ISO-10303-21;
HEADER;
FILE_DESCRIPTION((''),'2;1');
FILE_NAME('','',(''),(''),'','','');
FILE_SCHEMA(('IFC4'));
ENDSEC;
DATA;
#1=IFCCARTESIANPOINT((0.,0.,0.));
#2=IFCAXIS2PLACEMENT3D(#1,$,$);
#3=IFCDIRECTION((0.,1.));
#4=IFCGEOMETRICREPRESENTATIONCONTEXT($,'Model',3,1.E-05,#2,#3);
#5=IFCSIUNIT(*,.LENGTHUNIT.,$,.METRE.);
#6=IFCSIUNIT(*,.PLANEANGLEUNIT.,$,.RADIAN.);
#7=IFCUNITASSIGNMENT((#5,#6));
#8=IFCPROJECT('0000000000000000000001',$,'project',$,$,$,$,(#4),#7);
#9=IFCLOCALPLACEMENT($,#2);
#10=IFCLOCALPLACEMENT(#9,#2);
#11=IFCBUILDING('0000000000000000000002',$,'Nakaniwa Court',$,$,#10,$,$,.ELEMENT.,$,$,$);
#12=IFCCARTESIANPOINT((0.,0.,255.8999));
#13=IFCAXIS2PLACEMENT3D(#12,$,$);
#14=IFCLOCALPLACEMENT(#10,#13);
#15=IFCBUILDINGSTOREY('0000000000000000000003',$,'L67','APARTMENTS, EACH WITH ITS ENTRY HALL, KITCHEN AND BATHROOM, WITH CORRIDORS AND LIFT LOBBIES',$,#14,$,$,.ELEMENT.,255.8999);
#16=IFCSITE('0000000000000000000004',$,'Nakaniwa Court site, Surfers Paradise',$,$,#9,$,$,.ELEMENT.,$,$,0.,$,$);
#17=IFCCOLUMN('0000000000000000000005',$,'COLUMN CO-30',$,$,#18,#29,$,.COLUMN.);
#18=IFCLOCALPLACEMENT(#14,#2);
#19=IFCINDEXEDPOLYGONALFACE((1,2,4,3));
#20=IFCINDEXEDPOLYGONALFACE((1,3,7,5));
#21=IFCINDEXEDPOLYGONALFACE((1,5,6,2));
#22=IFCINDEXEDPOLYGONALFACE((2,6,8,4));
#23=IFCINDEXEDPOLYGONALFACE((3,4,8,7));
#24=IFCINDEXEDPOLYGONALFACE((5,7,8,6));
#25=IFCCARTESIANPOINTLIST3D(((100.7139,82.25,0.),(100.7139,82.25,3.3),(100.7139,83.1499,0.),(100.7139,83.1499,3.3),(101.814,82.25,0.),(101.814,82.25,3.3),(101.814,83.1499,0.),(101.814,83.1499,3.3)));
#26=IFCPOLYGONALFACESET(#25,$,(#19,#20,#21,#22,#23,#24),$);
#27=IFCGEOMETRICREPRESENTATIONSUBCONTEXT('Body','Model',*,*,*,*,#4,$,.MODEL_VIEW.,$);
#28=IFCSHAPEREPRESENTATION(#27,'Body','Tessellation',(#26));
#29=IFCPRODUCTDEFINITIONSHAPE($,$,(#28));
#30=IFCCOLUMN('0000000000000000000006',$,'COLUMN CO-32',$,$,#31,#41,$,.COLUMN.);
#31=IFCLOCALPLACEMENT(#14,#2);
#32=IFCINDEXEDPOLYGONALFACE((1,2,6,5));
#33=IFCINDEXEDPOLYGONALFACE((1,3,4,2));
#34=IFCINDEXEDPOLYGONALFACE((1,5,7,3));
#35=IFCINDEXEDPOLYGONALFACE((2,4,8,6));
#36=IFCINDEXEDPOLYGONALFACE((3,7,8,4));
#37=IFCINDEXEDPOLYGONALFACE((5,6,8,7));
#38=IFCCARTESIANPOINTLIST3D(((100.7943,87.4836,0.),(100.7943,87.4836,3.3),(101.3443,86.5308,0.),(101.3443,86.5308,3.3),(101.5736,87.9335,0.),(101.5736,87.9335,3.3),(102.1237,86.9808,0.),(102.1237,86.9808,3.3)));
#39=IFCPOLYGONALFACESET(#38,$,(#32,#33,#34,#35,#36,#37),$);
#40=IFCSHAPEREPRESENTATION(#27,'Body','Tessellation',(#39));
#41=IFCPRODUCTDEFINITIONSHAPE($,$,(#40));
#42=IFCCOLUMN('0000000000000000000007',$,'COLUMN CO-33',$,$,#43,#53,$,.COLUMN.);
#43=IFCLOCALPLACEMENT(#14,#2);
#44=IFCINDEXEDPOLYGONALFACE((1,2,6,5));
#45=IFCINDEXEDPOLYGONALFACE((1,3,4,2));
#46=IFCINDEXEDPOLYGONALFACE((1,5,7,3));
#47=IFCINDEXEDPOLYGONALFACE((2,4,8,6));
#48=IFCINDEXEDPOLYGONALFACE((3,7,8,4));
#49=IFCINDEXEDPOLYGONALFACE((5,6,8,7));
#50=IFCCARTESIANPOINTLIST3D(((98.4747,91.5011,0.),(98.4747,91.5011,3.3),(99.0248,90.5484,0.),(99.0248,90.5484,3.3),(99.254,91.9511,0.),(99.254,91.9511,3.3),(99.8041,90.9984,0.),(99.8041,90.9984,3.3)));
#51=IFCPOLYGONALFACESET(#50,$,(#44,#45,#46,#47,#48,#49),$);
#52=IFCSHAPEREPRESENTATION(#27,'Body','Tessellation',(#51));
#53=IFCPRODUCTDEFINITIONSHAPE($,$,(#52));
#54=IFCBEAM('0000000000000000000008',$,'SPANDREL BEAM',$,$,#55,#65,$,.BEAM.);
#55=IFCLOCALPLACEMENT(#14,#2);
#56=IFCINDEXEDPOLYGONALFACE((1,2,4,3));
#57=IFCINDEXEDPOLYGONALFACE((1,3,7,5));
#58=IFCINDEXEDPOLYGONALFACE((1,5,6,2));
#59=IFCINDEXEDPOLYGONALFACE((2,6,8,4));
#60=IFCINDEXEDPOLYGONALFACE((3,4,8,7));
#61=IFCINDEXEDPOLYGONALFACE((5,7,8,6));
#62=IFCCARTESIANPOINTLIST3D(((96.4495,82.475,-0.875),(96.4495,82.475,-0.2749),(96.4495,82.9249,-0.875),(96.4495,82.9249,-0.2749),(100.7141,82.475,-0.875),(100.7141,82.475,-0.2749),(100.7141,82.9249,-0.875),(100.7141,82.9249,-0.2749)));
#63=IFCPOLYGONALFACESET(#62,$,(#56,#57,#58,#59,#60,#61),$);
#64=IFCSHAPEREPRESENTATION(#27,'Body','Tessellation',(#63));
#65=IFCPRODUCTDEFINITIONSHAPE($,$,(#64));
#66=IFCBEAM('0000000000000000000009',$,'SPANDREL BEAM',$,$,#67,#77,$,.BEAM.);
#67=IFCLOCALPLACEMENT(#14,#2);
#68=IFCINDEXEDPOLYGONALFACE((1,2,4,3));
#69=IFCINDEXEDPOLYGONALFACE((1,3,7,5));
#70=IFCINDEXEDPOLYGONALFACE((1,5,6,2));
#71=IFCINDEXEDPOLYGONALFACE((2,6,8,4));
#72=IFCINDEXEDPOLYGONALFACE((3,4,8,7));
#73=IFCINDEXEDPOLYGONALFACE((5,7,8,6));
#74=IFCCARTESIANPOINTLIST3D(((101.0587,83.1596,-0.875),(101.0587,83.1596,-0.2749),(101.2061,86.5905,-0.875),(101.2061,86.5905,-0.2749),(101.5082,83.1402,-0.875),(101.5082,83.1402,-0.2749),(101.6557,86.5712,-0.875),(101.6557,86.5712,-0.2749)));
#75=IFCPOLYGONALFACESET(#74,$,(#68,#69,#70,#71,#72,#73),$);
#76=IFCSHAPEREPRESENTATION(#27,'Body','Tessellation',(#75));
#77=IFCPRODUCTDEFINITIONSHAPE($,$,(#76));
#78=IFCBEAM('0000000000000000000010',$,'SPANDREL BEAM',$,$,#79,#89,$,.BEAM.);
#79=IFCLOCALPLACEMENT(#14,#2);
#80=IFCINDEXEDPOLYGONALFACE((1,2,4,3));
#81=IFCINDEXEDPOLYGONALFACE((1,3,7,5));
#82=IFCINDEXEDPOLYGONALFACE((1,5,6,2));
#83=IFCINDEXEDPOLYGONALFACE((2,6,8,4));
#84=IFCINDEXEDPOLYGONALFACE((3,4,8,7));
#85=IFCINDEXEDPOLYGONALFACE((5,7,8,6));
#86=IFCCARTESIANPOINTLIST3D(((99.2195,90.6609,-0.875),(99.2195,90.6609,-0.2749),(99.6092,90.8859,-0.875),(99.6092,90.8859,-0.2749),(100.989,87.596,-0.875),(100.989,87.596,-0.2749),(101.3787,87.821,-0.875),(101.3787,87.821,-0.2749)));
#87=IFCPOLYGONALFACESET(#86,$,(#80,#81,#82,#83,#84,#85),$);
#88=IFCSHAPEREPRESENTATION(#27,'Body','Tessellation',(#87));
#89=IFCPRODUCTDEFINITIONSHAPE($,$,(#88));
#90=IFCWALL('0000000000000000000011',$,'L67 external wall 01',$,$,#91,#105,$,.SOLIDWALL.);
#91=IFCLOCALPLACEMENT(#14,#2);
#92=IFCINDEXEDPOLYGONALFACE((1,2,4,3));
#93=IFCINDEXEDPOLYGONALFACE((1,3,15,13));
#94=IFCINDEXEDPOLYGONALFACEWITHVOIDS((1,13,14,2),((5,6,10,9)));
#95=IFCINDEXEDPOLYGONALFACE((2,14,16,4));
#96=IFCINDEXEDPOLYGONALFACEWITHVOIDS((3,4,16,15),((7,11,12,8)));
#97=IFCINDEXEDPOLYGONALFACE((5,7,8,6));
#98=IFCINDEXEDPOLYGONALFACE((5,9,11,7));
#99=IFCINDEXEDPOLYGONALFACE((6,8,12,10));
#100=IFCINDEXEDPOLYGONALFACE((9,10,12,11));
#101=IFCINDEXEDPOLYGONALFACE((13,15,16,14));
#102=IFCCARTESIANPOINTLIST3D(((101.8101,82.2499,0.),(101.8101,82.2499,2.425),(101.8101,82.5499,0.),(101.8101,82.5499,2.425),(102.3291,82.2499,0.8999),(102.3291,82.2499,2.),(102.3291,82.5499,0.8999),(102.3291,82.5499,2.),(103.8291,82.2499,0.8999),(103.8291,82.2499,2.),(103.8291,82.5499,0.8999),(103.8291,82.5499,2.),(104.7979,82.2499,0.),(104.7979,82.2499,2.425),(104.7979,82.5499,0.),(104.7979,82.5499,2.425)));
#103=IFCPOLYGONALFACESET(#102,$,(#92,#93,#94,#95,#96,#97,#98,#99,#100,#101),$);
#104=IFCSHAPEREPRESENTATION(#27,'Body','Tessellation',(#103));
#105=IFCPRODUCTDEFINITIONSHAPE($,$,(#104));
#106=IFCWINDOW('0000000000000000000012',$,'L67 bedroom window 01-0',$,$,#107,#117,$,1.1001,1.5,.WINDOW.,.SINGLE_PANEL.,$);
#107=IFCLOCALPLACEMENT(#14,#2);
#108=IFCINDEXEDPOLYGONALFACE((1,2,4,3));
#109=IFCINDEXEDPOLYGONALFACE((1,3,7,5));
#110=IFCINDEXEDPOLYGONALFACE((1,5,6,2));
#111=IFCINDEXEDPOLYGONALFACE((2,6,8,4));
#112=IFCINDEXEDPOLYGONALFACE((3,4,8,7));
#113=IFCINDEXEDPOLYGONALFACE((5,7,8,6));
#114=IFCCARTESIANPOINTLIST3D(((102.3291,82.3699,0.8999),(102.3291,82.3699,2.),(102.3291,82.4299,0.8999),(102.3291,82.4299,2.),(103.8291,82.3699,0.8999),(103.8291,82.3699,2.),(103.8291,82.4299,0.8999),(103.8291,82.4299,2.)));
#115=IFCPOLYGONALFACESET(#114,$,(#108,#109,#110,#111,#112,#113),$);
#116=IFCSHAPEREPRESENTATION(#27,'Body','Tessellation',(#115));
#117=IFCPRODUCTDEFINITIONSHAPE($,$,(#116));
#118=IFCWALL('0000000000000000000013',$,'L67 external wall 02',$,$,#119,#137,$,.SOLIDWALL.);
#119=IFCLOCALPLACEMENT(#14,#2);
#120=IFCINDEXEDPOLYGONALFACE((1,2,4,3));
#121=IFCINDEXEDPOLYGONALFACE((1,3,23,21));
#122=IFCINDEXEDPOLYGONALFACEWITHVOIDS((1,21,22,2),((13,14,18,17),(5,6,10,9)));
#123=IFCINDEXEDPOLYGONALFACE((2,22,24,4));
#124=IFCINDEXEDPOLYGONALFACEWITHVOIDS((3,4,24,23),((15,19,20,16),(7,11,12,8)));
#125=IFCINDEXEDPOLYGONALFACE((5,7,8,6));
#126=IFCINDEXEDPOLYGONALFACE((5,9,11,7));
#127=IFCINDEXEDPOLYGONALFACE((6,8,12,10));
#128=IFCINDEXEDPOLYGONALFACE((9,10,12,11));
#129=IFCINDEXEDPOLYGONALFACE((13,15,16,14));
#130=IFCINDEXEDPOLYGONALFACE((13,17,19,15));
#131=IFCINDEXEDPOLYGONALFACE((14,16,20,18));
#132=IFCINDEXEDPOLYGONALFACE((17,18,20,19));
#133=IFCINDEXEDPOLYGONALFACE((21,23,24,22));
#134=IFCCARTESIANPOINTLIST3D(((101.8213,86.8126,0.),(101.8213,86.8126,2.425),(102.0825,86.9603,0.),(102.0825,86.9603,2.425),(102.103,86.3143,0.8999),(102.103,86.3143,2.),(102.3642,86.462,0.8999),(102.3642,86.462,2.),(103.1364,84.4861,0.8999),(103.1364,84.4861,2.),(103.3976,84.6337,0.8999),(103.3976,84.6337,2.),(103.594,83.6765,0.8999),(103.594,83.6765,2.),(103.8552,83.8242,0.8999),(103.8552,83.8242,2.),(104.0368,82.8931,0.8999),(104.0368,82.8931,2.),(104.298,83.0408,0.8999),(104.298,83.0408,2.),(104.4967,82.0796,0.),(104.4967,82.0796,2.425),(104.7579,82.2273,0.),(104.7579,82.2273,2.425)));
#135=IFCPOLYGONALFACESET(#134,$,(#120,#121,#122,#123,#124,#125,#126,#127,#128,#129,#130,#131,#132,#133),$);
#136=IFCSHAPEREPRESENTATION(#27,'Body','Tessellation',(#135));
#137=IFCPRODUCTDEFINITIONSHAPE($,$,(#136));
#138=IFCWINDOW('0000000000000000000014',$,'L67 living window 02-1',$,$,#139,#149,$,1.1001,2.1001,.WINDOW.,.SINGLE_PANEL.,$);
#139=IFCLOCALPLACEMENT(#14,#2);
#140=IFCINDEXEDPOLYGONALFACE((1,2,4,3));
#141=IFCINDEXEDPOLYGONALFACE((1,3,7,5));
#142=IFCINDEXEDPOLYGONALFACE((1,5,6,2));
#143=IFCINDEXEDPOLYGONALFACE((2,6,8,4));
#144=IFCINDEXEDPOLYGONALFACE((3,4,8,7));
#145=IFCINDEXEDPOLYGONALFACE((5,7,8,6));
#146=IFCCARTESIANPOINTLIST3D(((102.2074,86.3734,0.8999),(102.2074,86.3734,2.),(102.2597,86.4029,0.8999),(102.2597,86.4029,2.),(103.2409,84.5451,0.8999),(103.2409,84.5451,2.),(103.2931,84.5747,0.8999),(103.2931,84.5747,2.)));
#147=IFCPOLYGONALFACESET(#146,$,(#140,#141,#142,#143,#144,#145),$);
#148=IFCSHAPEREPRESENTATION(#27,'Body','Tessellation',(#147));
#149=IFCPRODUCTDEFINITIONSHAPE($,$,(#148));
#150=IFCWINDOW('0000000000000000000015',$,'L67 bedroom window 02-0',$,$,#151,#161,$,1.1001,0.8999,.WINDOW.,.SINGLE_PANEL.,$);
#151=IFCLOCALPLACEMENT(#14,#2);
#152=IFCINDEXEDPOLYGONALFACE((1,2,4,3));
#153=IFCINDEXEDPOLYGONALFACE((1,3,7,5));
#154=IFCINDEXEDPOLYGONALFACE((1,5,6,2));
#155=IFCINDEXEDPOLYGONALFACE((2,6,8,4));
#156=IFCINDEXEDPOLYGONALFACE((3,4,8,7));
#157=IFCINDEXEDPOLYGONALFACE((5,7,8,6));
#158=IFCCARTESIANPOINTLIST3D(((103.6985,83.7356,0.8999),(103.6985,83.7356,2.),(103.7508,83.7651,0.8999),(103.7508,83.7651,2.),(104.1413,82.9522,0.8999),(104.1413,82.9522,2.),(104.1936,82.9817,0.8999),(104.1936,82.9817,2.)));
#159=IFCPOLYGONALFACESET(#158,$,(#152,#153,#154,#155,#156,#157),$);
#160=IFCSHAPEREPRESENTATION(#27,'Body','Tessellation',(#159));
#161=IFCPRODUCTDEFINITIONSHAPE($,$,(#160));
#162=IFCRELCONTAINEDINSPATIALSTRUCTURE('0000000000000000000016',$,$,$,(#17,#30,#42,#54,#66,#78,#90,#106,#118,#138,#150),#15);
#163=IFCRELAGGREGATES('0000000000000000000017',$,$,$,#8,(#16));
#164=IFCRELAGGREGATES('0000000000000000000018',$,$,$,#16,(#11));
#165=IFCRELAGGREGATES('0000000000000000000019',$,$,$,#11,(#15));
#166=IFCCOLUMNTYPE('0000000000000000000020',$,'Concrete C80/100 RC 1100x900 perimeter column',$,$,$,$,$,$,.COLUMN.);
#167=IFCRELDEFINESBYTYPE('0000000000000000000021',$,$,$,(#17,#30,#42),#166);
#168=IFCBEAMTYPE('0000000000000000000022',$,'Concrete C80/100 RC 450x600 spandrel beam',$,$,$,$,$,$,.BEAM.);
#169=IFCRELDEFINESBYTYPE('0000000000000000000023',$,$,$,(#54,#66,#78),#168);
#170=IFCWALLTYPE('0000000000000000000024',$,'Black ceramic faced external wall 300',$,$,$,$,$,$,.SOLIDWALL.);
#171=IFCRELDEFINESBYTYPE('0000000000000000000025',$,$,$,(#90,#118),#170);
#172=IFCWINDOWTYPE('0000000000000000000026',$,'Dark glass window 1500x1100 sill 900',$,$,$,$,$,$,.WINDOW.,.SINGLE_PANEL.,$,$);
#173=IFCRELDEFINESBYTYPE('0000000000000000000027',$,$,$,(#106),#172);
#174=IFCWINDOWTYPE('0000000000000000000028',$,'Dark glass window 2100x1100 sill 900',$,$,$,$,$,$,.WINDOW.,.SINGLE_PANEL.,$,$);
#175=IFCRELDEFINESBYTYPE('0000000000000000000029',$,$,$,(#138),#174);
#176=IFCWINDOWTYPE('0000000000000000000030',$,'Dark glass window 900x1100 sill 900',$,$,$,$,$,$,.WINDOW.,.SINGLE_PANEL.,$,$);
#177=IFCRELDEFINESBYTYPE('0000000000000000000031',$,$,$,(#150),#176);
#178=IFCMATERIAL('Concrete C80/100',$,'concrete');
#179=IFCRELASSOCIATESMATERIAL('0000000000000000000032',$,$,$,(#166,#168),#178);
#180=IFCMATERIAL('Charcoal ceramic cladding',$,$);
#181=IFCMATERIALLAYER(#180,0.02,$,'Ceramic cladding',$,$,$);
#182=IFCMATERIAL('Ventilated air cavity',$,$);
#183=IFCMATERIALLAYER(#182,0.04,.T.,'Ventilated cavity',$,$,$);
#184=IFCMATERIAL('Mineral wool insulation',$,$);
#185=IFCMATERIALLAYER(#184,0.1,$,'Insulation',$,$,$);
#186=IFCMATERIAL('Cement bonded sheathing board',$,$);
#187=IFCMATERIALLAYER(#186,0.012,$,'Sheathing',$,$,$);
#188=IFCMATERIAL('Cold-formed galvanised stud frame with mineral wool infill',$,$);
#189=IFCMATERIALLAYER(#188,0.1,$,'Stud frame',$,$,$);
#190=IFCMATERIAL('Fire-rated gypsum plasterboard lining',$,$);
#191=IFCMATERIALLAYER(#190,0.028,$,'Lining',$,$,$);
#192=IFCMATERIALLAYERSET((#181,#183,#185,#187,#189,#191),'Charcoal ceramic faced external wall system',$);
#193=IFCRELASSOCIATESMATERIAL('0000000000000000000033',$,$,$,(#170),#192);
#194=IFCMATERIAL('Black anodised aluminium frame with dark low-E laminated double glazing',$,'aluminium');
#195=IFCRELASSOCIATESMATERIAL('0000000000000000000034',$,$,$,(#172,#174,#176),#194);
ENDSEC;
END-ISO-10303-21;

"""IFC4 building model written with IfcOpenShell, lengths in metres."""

from ifc_helpers import new_model, si_unit, direction, frame, frame_2d, origin, origin_2d, place, context, subcontext, project, spatial, rectangle, extrude, material, layer, layer_set, material_profile, profile_set, type_object, element, fill, save


model = new_model("IFC4")

# Units and contexts
model_context = context("Model", 3, precision=1e-05, world=origin(), true_north=direction((0.0, 1.0)))
body_context = subcontext(model_context, "Body", "Model", "MODEL_VIEW")
ifc_project = project(units=[si_unit("LENGTHUNIT", "METRE"), si_unit("PLANEANGLEUNIT", "RADIAN")], contexts=[model_context])

# Site, building, storey
site_placement = place(None, origin())
site = spatial("IfcSite", under=ifc_project, at=site_placement, Name="Nakaniwa Court site, Surfers Paradise", CompositionType="ELEMENT", RefElevation=0.0)
building_placement = place(site_placement, origin())
building = spatial("IfcBuilding", under=site, at=building_placement, Name="Nakaniwa Court", CompositionType="ELEMENT")
storey_placement = place(building_placement, frame((0.0, 0.0, 255.8999)))
storey = spatial("IfcBuildingStorey", under=building, at=storey_placement, Name="L67", Description="APARTMENTS, EACH WITH ITS ENTRY HALL, KITCHEN AND BATHROOM, WITH CORRIDORS AND LIFT LOBBIES", CompositionType="ELEMENT", Elevation=255.8999)

# Columns
ifc_material_1 = material(Name="Concrete C80/100", Category="concrete")
ifc_material_profile_1 = material_profile(ifc_material_1, rectangle(XDim=1.1001, YDim=0.8999, at=origin_2d()), Name="Concrete C80/100 RC 1100x900 perimeter column")
ifc_profile_set_1 = profile_set([ifc_material_profile_1], Name="Concrete C80/100")
column_type = type_object("IfcColumnType", Name="Concrete C80/100 RC 1100x900 perimeter column", PredefinedType="COLUMN", material=ifc_profile_set_1)
for number, where, z_axis, x_axis, name in (
    (1, (101.2639, 82.7, 0.0), (0.0, 0.0, 1.0), (1.0, 0.0, 0.0), "COLUMN CO-30"),
    (2, (101.459, 87.2322, 0.0), (0.0, 0.0, 1.0), (-0.5, 0.866025, 0.0), "COLUMN CO-32"),
    (3, (99.1394, 91.2498, 0.0), (0.0, 0.0, 1.0), (-0.5, 0.866025, 0.0), "COLUMN CO-33"),
):
    element("IfcColumn", number, at=place(storey_placement, frame(where, z_axis=z_axis, x_axis=x_axis)), inside=storey, type_object=column_type, Name=name, PredefinedType="COLUMN", context=body_context, shape_type="SweptSolid", body=[
        extrude(rectangle(XDim=1.1001, YDim=0.8999, at=origin_2d()), origin(), (0.0, 0.0, 1.0), 3.3),
    ])

# Beams
ifc_material_profile_2 = material_profile(ifc_material_1, rectangle(XDim=0.45, YDim=0.6001, at=origin_2d()), Name="Concrete C80/100 RC 450x600 spandrel beam")
ifc_profile_set_2 = profile_set([ifc_material_profile_2], Name="Concrete C80/100")
beam_type = type_object("IfcBeamType", Name="Concrete C80/100 RC 450x600 spandrel beam", PredefinedType="BEAM", material=ifc_profile_set_2)
beam_1_placement = place(storey_placement, frame((96.4495, 82.7, -0.575), z_axis=(1.0, 0.0, 0.0), x_axis=(0.0, 1.0, 0.0)))
element("IfcBeam", 4, at=beam_1_placement, inside=storey, type_object=beam_type, Name="SPANDREL BEAM", PredefinedType="BEAM", context=body_context, shape_type="SweptSolid", body=[
    extrude(rectangle(XDim=0.45, YDim=0.6001, at=origin_2d()), origin(), (0.0, 0.0, 1.0), 4.2646),
])
beam_2_placement = place(storey_placement, frame((101.2834, 83.1499, -0.575), z_axis=(0.042941, 0.999078, 0.0), x_axis=(-0.999078, 0.042941, 0.0)))
element("IfcBeam", 5, at=beam_2_placement, inside=storey, type_object=beam_type, Name="SPANDREL BEAM", PredefinedType="BEAM", context=body_context, shape_type="SweptSolid", body=[
    extrude(rectangle(XDim=0.45, YDim=0.6001, at=origin_2d()), origin(), (0.0, 0.0, 1.0), 3.4341),
])
beam_3_placement = place(storey_placement, frame((101.1838, 87.7085, -0.575), z_axis=(-0.499997, 0.866027, 0.0), x_axis=(-0.866027, -0.499997, 0.0)))
element("IfcBeam", 6, at=beam_3_placement, inside=storey, type_object=beam_type, Name="SPANDREL BEAM", PredefinedType="BEAM", context=body_context, shape_type="SweptSolid", body=[
    extrude(rectangle(XDim=0.45, YDim=0.6001, at=origin_2d()), origin(), (0.0, 0.0, 1.0), 3.5391),
])

# Wall, opening, window
ifc_material_2 = material(Name="Charcoal ceramic cladding")
ifc_layer_1 = layer(ifc_material_2, 0.02, Name="Ceramic cladding")
ifc_material_3 = material(Name="Ventilated air cavity")
ifc_layer_2 = layer(ifc_material_3, 0.04, ventilated=True, Name="Ventilated cavity")
ifc_material_4 = material(Name="Mineral wool insulation")
ifc_layer_3 = layer(ifc_material_4, 0.1, Name="Insulation")
ifc_material_5 = material(Name="Cement bonded sheathing board")
ifc_layer_4 = layer(ifc_material_5, 0.012, Name="Sheathing")
ifc_material_6 = material(Name="Cold-formed galvanised stud frame with mineral wool infill")
ifc_layer_5 = layer(ifc_material_6, 0.1, Name="Stud frame")
ifc_material_7 = material(Name="Fire-rated gypsum plasterboard lining")
ifc_layer_6 = layer(ifc_material_7, 0.028, Name="Lining")
ifc_layer_set = layer_set([ifc_layer_1, ifc_layer_2, ifc_layer_3, ifc_layer_4, ifc_layer_5, ifc_layer_6], Name="Charcoal ceramic faced external wall system")
wall_type = type_object("IfcWallType", Name="Black ceramic faced external wall 300", PredefinedType="SOLIDWALL", material=ifc_layer_set)
wall_1_placement = place(storey_placement, frame((101.8101, 82.3999, 0.0), z_axis=(0.0, 0.0, 1.0), x_axis=(1.0, 0.0, 0.0)))
wall_1 = element("IfcWall", 7, at=wall_1_placement, inside=storey, type_object=wall_type, Name="L67 external wall 01", PredefinedType="SOLIDWALL", context=body_context, shape_type="SweptSolid", body=[
    extrude(rectangle(XDim=2.9878, YDim=0.3, at=frame_2d((1.4939, 0.0))), origin(), (0.0, 0.0, 1.0), 2.425),
])
opening_1_placement = place(wall_1_placement, frame((0.519, 0.0, 0.8999)))
opening_1 = element("IfcOpeningElement", 8, at=opening_1_placement, cuts=wall_1, PredefinedType="OPENING", context=body_context, shape_type="SweptSolid", body=[
    extrude(rectangle(XDim=1.5, YDim=1.1001, at=frame_2d((0.75, 0.55))), frame((0.0, 0.1599, 0.0), z_axis=(0.0, -1.0, 0.0), x_axis=(1.0, 0.0, 0.0)), (0.0, 0.0, 1.0), 0.3201),
])
ifc_material_8 = material(Name="Black anodised aluminium frame with dark low-E laminated double glazing", Category="aluminium")
window_type_1 = type_object("IfcWindowType", Name="Dark glass window 1500x1100 sill 900", PartitioningType="SINGLE_PANEL", PredefinedType="WINDOW", material=ifc_material_8)
window_1_placement = place(opening_1_placement, origin())
window_1 = element("IfcWindow", 9, at=window_1_placement, inside=storey, type_object=window_type_1, Name="L67 bedroom window 01-0", OverallHeight=1.1001, OverallWidth=1.5, PartitioningType="SINGLE_PANEL", PredefinedType="WINDOW", context=body_context, shape_type="SweptSolid", body=[
    extrude(rectangle(XDim=1.5, YDim=1.1001, at=frame_2d((0.75, 0.55))), frame((0.0, 0.03, 0.0), z_axis=(0.0, -1.0, 0.0), x_axis=(1.0, 0.0, 0.0)), (0.0, 0.0, 1.0), 0.0601),
])
fill(opening_1, window_1)

# Wall, openings, windows
wall_2_placement = place(storey_placement, frame((104.6272, 82.1536, 0.0), z_axis=(0.0, 0.0, 1.0), x_axis=(-0.492081, 0.870549, 0.0)))
wall_2 = element("IfcWall", 10, at=wall_2_placement, inside=storey, type_object=wall_type, Name="L67 external wall 02", PredefinedType="SOLIDWALL", context=body_context, shape_type="SweptSolid", body=[
    extrude(rectangle(XDim=5.4368, YDim=0.3, at=frame_2d((2.7183, 0.0))), origin(), (0.0, 0.0, 1.0), 2.425),
])
opening_2_placement = place(wall_2_placement, frame((0.9343, 0.0, 0.8999)))
opening_2 = element("IfcOpeningElement", 11, at=opening_2_placement, cuts=wall_2, PredefinedType="OPENING", context=body_context, shape_type="SweptSolid", body=[
    extrude(rectangle(XDim=0.8999, YDim=1.1001, at=frame_2d((0.45, 0.55))), frame((0.0, 0.1599, 0.0), z_axis=(0.0, -1.0, 0.0), x_axis=(1.0, 0.0, 0.0)), (0.0, 0.0, 1.0), 0.3201),
])
opening_3_placement = place(wall_2_placement, frame((2.7642, 0.0, 0.8999)))
opening_3 = element("IfcOpeningElement", 12, at=opening_3_placement, cuts=wall_2, PredefinedType="OPENING", context=body_context, shape_type="SweptSolid", body=[
    extrude(rectangle(XDim=2.1001, YDim=1.1001, at=frame_2d((1.05, 0.55))), frame((0.0, 0.1599, 0.0), z_axis=(0.0, -1.0, 0.0), x_axis=(1.0, 0.0, 0.0)), (0.0, 0.0, 1.0), 0.3201),
])
window_type_2 = type_object("IfcWindowType", Name="Dark glass window 2100x1100 sill 900", PartitioningType="SINGLE_PANEL", PredefinedType="WINDOW", material=ifc_material_8)
window_2_placement = place(opening_3_placement, origin())
window_2 = element("IfcWindow", 13, at=window_2_placement, inside=storey, type_object=window_type_2, Name="L67 living window 02-1", OverallHeight=1.1001, OverallWidth=2.1001, PartitioningType="SINGLE_PANEL", PredefinedType="WINDOW", context=body_context, shape_type="SweptSolid", body=[
    extrude(rectangle(XDim=2.1001, YDim=1.1001, at=frame_2d((1.05, 0.55))), frame((0.0, 0.03, 0.0), z_axis=(0.0, -1.0, 0.0), x_axis=(1.0, 0.0, 0.0)), (0.0, 0.0, 1.0), 0.0601),
])
fill(opening_3, window_2)
window_type_3 = type_object("IfcWindowType", Name="Dark glass window 900x1100 sill 900", PartitioningType="SINGLE_PANEL", PredefinedType="WINDOW", material=ifc_material_8)
window_3_placement = place(opening_2_placement, origin())
window_3 = element("IfcWindow", 14, at=window_3_placement, inside=storey, type_object=window_type_3, Name="L67 bedroom window 02-0", OverallHeight=1.1001, OverallWidth=0.8999, PartitioningType="SINGLE_PANEL", PredefinedType="WINDOW", context=body_context, shape_type="SweptSolid", body=[
    extrude(rectangle(XDim=0.8999, YDim=1.1001, at=frame_2d((0.45, 0.55))), frame((0.0, 0.03, 0.0), z_axis=(0.0, -1.0, 0.0), x_axis=(1.0, 0.0, 0.0)), (0.0, 0.0, 1.0), 0.0601),
])
fill(opening_2, window_3)

save(model, "model.ifc")
